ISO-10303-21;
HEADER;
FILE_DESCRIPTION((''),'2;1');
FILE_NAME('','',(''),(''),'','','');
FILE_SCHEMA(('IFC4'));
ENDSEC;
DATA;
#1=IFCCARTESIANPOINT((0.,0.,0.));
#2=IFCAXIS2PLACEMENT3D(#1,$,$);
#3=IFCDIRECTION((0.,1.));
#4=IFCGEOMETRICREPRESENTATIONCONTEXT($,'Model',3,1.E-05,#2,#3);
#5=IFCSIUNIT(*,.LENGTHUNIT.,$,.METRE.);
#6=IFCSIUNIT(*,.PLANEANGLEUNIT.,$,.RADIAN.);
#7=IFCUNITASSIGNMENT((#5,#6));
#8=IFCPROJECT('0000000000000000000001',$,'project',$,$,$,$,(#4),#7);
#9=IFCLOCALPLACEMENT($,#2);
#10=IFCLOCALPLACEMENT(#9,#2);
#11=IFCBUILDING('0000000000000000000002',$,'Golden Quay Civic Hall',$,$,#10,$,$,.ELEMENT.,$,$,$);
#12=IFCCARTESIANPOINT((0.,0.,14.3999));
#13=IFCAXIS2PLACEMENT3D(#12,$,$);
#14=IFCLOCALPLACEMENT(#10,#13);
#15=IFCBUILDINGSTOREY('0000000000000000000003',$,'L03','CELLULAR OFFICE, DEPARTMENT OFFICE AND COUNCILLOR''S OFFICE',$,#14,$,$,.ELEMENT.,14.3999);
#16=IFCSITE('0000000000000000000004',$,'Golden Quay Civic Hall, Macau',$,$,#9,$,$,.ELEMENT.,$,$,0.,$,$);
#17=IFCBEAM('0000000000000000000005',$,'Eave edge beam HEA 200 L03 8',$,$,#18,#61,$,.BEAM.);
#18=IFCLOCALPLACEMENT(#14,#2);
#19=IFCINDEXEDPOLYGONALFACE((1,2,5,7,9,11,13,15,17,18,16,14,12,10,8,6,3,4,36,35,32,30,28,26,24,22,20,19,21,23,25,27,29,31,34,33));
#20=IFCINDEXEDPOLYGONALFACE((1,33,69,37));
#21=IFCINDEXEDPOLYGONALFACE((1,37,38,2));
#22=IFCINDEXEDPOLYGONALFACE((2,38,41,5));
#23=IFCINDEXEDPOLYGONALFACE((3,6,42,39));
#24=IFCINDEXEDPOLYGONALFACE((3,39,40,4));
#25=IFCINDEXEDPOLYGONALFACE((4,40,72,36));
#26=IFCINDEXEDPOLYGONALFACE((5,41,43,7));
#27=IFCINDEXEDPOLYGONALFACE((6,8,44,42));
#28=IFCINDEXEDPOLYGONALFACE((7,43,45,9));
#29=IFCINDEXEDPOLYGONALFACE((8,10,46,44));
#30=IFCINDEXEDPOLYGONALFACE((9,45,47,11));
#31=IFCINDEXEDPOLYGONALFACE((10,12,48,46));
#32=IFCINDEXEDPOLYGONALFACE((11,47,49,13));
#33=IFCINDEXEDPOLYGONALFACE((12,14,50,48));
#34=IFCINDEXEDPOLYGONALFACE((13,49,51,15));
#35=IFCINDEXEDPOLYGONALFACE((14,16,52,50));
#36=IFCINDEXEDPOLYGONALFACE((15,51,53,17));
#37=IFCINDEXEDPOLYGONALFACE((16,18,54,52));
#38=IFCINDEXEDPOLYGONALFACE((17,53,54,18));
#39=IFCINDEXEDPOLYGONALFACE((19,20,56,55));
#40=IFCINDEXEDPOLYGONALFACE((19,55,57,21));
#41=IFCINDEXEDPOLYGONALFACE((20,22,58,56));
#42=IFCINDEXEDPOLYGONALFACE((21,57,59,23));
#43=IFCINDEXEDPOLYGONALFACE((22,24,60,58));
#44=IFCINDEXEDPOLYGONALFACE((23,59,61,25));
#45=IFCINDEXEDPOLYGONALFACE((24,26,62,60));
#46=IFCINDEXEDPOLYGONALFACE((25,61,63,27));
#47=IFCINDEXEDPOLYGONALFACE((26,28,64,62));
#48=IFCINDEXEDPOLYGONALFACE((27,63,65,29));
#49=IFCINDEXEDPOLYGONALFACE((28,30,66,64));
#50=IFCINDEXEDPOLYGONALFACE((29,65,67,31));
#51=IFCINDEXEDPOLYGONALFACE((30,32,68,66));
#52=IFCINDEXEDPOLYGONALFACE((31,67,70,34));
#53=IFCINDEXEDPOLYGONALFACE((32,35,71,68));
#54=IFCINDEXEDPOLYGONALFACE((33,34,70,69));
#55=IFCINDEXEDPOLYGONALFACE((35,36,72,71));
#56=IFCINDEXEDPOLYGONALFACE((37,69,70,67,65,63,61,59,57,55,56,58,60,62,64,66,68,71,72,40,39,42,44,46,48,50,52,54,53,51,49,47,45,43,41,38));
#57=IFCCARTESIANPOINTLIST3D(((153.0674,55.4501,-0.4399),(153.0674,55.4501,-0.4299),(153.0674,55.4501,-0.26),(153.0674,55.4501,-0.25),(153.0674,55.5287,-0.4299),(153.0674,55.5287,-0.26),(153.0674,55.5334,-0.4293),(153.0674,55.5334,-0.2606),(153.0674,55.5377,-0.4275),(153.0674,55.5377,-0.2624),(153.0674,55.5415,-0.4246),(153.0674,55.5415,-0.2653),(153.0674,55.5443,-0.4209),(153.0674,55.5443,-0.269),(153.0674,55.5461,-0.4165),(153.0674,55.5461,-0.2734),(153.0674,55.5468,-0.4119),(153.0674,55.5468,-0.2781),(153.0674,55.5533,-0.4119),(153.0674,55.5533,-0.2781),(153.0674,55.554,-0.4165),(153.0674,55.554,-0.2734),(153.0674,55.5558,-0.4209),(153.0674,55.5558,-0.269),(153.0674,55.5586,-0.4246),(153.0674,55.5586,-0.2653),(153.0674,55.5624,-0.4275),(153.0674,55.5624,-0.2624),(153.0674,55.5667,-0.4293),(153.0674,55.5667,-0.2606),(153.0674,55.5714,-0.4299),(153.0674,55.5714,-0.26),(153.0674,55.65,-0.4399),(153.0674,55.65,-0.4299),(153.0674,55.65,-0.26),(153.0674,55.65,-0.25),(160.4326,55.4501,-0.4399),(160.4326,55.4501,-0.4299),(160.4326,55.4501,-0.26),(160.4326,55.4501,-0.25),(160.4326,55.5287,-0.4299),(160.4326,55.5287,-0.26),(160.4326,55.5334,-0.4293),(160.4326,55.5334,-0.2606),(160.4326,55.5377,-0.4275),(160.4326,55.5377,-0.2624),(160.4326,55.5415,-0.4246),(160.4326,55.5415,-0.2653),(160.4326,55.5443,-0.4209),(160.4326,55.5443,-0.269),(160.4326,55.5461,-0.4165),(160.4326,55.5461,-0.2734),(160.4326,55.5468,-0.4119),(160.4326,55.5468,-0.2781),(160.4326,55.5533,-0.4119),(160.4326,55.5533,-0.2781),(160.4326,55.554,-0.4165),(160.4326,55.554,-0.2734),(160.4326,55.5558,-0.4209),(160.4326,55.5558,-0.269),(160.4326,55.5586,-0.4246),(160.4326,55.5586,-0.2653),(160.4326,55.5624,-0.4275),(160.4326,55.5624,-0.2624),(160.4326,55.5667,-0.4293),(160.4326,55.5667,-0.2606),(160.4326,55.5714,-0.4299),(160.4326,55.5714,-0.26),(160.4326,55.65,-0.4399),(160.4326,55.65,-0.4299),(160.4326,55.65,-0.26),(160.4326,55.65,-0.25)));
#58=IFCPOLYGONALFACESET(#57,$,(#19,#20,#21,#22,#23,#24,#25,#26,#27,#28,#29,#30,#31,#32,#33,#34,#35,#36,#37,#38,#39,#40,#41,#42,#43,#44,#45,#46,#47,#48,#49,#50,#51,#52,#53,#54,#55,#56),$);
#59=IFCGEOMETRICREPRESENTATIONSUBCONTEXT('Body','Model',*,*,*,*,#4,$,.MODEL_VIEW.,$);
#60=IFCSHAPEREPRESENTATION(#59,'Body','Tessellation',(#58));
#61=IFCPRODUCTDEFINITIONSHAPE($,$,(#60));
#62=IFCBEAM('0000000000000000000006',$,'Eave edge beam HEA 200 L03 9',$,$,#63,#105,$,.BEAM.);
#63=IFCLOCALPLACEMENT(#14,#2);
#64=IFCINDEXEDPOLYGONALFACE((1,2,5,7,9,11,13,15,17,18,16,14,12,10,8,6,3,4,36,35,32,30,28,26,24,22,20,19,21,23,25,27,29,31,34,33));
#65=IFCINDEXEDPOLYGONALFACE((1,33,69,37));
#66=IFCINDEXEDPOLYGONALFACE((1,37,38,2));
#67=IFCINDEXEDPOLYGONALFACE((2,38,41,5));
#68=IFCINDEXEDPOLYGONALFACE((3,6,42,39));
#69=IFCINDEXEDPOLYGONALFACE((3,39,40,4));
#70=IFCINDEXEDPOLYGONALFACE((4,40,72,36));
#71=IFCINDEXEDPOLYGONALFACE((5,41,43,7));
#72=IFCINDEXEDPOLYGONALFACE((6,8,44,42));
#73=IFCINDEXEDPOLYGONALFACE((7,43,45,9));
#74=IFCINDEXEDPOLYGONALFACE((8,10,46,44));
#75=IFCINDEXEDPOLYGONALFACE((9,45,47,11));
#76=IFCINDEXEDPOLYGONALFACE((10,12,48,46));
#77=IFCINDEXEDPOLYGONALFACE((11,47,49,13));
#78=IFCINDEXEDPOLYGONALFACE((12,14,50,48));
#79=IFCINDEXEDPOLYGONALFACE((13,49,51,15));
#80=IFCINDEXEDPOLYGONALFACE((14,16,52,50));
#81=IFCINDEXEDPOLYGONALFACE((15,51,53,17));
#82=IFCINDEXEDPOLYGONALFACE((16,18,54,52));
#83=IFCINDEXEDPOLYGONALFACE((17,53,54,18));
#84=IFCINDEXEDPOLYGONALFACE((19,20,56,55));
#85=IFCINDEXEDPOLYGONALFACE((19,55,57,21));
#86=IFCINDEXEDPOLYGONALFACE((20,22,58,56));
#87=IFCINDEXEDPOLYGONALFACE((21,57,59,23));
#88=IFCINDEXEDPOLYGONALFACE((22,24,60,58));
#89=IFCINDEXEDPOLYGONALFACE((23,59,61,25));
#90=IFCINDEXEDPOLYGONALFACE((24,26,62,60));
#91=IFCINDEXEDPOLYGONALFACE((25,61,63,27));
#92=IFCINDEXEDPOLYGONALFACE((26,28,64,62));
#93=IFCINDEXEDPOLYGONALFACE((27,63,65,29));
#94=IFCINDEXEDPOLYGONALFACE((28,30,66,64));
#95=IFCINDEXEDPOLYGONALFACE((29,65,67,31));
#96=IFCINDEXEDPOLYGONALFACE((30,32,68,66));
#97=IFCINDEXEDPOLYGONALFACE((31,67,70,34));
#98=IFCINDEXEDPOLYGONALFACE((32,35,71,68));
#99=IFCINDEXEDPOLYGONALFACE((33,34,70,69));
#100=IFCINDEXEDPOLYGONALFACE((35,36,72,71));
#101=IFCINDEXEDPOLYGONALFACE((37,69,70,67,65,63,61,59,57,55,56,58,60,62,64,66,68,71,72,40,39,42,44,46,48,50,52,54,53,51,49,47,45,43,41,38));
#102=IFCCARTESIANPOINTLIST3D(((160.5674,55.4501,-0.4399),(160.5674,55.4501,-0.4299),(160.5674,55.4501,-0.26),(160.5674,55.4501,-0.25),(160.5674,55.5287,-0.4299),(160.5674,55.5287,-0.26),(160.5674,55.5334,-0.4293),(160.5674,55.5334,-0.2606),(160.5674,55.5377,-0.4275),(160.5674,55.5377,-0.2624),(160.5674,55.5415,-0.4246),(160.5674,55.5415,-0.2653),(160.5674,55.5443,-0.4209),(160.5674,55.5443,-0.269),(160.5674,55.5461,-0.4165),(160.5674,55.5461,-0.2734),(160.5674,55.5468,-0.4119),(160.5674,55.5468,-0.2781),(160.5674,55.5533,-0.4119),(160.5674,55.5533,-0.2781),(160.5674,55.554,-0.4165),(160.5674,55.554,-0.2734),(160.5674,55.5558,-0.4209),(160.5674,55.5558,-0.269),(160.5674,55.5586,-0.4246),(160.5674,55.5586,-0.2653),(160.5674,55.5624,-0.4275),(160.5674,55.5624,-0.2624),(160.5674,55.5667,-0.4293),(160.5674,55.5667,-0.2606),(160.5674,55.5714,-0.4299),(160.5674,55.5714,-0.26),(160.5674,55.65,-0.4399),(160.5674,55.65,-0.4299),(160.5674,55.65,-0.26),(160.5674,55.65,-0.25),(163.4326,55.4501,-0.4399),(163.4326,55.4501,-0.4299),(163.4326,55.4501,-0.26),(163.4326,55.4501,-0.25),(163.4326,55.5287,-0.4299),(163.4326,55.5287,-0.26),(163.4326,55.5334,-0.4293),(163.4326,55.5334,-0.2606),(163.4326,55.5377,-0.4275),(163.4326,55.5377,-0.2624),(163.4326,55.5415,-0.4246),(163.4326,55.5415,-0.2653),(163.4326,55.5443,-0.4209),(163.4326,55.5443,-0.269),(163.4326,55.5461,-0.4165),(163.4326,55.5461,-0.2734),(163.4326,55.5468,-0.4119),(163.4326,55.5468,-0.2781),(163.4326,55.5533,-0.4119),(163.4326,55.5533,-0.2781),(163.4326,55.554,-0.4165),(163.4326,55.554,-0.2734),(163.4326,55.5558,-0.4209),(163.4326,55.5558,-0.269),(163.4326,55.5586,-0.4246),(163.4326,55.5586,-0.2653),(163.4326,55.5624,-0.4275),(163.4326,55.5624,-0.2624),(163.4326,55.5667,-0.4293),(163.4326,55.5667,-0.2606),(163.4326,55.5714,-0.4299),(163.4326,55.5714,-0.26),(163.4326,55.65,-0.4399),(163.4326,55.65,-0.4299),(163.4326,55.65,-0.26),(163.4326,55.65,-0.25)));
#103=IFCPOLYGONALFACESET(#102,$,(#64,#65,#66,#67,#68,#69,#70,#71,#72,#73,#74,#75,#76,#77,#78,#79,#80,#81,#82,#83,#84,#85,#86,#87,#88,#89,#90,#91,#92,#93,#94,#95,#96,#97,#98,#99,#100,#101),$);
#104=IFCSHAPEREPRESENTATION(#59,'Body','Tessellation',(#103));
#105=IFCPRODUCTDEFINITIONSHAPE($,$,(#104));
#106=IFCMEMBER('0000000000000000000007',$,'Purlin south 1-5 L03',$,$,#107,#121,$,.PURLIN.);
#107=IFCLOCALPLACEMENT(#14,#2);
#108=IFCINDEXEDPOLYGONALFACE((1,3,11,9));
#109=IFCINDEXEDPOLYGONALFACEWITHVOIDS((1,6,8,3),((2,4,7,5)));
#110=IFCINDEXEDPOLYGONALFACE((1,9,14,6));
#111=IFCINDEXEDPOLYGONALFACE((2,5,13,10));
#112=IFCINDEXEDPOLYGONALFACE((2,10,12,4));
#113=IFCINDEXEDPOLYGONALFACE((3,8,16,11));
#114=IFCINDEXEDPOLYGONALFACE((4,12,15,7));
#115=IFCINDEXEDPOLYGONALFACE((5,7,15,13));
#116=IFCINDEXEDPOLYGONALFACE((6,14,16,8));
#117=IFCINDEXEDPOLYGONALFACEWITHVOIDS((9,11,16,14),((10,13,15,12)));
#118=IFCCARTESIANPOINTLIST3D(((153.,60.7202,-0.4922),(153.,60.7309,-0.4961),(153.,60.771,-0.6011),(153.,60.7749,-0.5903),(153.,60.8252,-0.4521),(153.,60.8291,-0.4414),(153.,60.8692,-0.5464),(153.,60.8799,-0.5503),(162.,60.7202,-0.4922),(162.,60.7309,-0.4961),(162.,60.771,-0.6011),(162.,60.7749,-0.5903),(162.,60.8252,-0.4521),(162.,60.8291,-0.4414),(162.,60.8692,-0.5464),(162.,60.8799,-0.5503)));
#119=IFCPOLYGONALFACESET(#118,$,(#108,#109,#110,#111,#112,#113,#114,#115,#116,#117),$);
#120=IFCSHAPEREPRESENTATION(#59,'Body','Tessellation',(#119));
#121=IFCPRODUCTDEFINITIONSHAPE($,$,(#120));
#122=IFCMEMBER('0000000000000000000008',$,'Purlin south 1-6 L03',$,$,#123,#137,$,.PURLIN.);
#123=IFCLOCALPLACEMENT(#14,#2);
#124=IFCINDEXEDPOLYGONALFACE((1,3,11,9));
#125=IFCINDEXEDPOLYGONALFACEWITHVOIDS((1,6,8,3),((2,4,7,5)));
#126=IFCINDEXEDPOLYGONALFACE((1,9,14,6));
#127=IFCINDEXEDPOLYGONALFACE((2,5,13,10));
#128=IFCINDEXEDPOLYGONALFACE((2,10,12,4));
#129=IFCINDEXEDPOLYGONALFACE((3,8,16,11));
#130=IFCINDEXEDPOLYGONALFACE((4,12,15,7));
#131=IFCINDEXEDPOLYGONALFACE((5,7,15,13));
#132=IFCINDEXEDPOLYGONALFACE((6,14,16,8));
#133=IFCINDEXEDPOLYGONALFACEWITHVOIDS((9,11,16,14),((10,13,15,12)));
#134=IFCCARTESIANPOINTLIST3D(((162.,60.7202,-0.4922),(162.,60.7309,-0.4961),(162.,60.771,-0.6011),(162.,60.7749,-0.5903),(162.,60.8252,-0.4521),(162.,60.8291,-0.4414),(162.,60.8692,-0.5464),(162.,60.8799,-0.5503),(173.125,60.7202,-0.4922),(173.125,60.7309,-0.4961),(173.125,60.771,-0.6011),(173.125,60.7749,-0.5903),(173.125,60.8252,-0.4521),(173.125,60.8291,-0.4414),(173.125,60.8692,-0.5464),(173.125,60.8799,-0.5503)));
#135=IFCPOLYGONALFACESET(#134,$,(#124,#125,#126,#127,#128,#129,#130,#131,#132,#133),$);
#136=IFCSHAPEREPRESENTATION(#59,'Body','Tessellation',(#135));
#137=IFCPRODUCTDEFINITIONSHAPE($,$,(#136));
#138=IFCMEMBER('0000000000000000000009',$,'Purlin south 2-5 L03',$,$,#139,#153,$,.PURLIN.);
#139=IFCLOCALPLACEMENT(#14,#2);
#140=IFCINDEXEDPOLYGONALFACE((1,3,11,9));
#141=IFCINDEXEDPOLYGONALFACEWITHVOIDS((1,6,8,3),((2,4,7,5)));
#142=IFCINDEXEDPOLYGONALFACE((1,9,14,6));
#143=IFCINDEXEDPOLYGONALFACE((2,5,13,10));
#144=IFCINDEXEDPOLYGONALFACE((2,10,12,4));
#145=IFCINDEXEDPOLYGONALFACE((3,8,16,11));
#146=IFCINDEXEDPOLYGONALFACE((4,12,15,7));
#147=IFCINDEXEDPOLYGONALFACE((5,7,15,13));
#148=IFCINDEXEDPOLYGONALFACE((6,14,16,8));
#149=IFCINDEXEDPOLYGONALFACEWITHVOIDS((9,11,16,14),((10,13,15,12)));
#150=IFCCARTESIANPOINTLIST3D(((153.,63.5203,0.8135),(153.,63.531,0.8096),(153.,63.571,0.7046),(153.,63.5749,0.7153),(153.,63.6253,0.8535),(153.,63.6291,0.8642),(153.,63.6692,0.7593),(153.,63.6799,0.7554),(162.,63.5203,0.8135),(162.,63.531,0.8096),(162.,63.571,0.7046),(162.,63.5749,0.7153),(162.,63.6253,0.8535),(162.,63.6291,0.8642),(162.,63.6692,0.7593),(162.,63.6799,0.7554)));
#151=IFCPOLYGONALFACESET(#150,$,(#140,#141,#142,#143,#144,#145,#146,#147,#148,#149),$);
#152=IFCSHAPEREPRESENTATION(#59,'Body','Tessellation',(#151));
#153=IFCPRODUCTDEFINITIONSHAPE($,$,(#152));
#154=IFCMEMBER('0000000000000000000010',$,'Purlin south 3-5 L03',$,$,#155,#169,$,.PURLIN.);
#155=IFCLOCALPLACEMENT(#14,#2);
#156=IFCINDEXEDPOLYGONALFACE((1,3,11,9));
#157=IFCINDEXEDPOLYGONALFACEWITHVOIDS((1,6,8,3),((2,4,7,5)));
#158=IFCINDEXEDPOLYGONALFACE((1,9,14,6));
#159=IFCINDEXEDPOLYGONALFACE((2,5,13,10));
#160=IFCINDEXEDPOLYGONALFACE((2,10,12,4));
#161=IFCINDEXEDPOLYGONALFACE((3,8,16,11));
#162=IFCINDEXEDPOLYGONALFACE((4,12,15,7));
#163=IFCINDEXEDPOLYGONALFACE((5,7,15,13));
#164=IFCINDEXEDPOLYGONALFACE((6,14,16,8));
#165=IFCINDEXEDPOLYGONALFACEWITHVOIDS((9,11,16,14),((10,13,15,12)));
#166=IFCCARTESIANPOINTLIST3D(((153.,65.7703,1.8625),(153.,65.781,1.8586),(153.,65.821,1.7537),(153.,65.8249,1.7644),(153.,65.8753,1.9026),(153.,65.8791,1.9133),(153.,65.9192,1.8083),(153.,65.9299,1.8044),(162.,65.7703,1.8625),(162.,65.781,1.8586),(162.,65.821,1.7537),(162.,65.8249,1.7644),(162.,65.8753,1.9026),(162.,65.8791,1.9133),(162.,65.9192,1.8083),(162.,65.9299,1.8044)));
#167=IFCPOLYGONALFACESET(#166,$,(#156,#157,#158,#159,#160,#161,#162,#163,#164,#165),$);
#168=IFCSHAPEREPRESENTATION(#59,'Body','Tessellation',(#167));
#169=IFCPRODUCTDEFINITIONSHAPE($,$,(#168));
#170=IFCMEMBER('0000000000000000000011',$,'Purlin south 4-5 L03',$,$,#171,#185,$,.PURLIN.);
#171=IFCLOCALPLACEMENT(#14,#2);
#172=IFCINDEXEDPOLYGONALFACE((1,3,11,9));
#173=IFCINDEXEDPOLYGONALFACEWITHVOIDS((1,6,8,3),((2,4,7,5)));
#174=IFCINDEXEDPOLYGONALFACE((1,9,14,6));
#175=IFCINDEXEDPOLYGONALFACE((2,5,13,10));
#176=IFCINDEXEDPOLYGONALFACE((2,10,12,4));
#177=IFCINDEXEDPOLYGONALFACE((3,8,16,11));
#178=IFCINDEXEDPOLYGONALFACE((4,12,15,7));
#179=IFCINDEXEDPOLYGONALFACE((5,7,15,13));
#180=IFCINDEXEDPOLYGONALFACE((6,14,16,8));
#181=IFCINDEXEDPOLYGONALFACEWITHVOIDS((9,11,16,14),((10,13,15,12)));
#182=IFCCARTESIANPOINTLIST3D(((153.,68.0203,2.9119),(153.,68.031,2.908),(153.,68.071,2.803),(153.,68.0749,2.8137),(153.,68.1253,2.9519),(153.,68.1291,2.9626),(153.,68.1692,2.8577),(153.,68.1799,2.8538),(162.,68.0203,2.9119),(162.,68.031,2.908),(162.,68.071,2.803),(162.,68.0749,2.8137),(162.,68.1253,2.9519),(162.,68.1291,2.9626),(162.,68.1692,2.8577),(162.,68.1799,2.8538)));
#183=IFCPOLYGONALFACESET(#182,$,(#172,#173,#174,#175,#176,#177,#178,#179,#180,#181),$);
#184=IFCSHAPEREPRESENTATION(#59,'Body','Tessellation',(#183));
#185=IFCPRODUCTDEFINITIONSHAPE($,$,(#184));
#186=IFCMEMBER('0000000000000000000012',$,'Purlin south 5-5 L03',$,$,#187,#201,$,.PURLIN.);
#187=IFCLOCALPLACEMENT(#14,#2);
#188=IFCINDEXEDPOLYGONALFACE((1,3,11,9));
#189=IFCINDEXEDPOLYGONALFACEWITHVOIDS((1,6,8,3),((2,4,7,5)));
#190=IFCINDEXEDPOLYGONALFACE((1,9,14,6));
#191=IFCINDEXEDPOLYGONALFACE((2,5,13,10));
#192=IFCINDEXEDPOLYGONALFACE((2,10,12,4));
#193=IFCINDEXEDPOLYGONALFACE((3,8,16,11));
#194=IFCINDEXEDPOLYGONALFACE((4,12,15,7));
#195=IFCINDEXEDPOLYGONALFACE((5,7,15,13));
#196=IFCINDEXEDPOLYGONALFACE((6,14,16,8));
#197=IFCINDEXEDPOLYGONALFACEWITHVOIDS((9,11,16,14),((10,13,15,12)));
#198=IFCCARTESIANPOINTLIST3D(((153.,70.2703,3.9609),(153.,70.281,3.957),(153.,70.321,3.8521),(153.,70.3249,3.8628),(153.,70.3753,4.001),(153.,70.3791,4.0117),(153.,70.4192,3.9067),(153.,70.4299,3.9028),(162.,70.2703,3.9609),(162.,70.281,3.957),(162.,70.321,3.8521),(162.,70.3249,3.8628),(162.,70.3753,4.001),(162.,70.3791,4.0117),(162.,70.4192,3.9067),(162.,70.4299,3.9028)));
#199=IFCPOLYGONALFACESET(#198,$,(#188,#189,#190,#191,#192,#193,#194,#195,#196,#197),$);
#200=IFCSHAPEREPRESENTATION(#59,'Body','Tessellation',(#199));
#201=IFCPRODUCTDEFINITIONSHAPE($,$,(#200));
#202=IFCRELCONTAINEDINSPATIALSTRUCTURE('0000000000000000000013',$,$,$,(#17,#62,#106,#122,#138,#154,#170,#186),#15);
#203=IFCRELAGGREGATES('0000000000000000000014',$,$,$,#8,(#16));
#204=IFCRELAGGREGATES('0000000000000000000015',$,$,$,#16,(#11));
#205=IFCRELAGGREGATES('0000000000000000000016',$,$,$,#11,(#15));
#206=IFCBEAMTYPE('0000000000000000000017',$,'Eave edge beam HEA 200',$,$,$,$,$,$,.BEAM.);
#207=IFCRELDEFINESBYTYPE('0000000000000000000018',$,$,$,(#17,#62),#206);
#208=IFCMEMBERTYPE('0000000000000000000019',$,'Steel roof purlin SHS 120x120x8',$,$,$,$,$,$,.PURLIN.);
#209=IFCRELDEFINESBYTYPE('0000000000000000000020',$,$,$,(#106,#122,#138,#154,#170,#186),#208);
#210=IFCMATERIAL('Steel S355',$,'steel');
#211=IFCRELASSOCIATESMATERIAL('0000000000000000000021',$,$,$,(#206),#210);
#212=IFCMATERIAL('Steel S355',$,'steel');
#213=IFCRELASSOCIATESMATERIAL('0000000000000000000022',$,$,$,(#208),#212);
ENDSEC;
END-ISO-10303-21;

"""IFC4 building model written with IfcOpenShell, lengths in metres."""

from ifc_helpers import new_model, si_unit, direction, frame, origin, origin_2d, place, context, subcontext, project, spatial, hollow_rectangle, i_section, extrude, material, material_profile, profile_set, type_object, element, save


model = new_model("IFC4")

# Units and contexts
model_context = context("Model", 3, precision=1e-05, world=origin(), true_north=direction((0.0, 1.0)))
body_context = subcontext(model_context, "Body", "Model", "MODEL_VIEW")
ifc_project = project(units=[si_unit("LENGTHUNIT", "METRE"), si_unit("PLANEANGLEUNIT", "RADIAN")], contexts=[model_context])

# Site, building, storey
site_placement = place(None, origin())
site = spatial("IfcSite", under=ifc_project, at=site_placement, Name="Golden Quay Civic Hall, Macau", CompositionType="ELEMENT", RefElevation=0.0)
building_placement = place(site_placement, origin())
building = spatial("IfcBuilding", under=site, at=building_placement, Name="Golden Quay Civic Hall", CompositionType="ELEMENT")
storey_placement = place(building_placement, frame((0.0, 0.0, 14.3999)))
storey = spatial("IfcBuildingStorey", under=building, at=storey_placement, Name="L03", Description="CELLULAR OFFICE, DEPARTMENT OFFICE AND COUNCILLOR'S OFFICE", CompositionType="ELEMENT", Elevation=14.3999)

# Beams
ifc_material_1 = material(Name="Steel S355", Category="steel")
ifc_material_profile_1 = material_profile(ifc_material_1, i_section(OverallWidth=0.2, OverallDepth=0.1899, WebThickness=0.0066, FlangeThickness=0.01, FilletRadius=0.0181, at=origin_2d()), Name="HEA 200")
ifc_profile_set_1 = profile_set([ifc_material_profile_1], Name="Steel S355")
beam_type = type_object("IfcBeamType", Name="Eave edge beam HEA 200", PredefinedType="BEAM", material=ifc_profile_set_1)
beam_1_placement = place(storey_placement, frame((153.0674, 55.55, -0.345), z_axis=(1.0, 0.0, 0.0), x_axis=(0.0, 1.0, 0.0)))
element("IfcBeam", 1, at=beam_1_placement, inside=storey, type_object=beam_type, Name="Eave edge beam HEA 200 L03 8", PredefinedType="BEAM", context=body_context, shape_type="SweptSolid", body=[
    extrude(i_section(OverallWidth=0.2, OverallDepth=0.1899, WebThickness=0.0066, FlangeThickness=0.01, FilletRadius=0.0181, at=origin_2d()), origin(), (0.0, 0.0, 1.0), 7.3652),
])
beam_2_placement = place(storey_placement, frame((160.5674, 55.55, -0.345), z_axis=(1.0, 0.0, 0.0), x_axis=(0.0, 1.0, 0.0)))
element("IfcBeam", 2, at=beam_2_placement, inside=storey, type_object=beam_type, Name="Eave edge beam HEA 200 L03 9", PredefinedType="BEAM", context=body_context, shape_type="SweptSolid", body=[
    extrude(i_section(OverallWidth=0.2, OverallDepth=0.1899, WebThickness=0.0066, FlangeThickness=0.01, FilletRadius=0.0181, at=origin_2d()), origin(), (0.0, 0.0, 1.0), 2.8652),
])

# Members
ifc_material_2 = material(Name="Steel S355", Category="steel")
ifc_material_profile_2 = material_profile(ifc_material_2, hollow_rectangle(XDim=0.1201, YDim=0.1201, WallThickness=0.0081, at=origin_2d()), Name="SHS 120x120x8")
ifc_profile_set_2 = profile_set([ifc_material_profile_2], Name="Steel S355")
member_type_1 = type_object("IfcMemberType", Name="Steel roof purlin SHS 120x120x8", PredefinedType="PURLIN", material=ifc_profile_set_2)
member_1_placement = place(storey_placement, frame((153.0, 60.8, -0.5212), z_axis=(1.0, 0.0, 0.0), x_axis=(0.0, 0.906308, 0.422618)))
element("IfcMember", 3, at=member_1_placement, inside=storey, type_object=member_type_1, Name="Purlin south 1-5 L03", PredefinedType="PURLIN", context=body_context, shape_type="SweptSolid", body=[
    extrude(hollow_rectangle(XDim=0.1201, YDim=0.1201, WallThickness=0.0081, at=origin_2d()), origin(), (0.0, 0.0, 1.0), 9.0),
])
member_2_placement = place(storey_placement, frame((162.0, 60.8, -0.5212), z_axis=(1.0, 0.0, 0.0), x_axis=(0.0, 0.906308, 0.422618)))
element("IfcMember", 4, at=member_2_placement, inside=storey, type_object=member_type_1, Name="Purlin south 1-6 L03", PredefinedType="PURLIN", context=body_context, shape_type="SweptSolid", body=[
    extrude(hollow_rectangle(XDim=0.1201, YDim=0.1201, WallThickness=0.0081, at=origin_2d()), origin(), (0.0, 0.0, 1.0), 11.125),
])
for number, where, z_axis, x_axis, name in (
    (5, (153.0, 63.6001, 0.7844), (1.0, 0.0, 0.0), (0.0, 0.906308, 0.422618), "Purlin south 2-5 L03"),
    (6, (153.0, 65.8501, 1.8335), (1.0, 0.0, 0.0), (0.0, 0.906308, 0.422618), "Purlin south 3-5 L03"),
    (7, (153.0, 68.1001, 2.8828), (1.0, 0.0, 0.0), (0.0, 0.906308, 0.422618), "Purlin south 4-5 L03"),
    (8, (153.0, 70.3501, 3.9319), (1.0, 0.0, 0.0), (0.0, 0.906308, 0.422618), "Purlin south 5-5 L03"),
):
    element("IfcMember", number, at=place(storey_placement, frame(where, z_axis=z_axis, x_axis=x_axis)), inside=storey, type_object=member_type_1, Name=name, PredefinedType="PURLIN", context=body_context, shape_type="SweptSolid", body=[
        extrude(hollow_rectangle(XDim=0.1201, YDim=0.1201, WallThickness=0.0081, at=origin_2d()), origin(), (0.0, 0.0, 1.0), 9.0),
    ])

save(model, "model.ifc")
